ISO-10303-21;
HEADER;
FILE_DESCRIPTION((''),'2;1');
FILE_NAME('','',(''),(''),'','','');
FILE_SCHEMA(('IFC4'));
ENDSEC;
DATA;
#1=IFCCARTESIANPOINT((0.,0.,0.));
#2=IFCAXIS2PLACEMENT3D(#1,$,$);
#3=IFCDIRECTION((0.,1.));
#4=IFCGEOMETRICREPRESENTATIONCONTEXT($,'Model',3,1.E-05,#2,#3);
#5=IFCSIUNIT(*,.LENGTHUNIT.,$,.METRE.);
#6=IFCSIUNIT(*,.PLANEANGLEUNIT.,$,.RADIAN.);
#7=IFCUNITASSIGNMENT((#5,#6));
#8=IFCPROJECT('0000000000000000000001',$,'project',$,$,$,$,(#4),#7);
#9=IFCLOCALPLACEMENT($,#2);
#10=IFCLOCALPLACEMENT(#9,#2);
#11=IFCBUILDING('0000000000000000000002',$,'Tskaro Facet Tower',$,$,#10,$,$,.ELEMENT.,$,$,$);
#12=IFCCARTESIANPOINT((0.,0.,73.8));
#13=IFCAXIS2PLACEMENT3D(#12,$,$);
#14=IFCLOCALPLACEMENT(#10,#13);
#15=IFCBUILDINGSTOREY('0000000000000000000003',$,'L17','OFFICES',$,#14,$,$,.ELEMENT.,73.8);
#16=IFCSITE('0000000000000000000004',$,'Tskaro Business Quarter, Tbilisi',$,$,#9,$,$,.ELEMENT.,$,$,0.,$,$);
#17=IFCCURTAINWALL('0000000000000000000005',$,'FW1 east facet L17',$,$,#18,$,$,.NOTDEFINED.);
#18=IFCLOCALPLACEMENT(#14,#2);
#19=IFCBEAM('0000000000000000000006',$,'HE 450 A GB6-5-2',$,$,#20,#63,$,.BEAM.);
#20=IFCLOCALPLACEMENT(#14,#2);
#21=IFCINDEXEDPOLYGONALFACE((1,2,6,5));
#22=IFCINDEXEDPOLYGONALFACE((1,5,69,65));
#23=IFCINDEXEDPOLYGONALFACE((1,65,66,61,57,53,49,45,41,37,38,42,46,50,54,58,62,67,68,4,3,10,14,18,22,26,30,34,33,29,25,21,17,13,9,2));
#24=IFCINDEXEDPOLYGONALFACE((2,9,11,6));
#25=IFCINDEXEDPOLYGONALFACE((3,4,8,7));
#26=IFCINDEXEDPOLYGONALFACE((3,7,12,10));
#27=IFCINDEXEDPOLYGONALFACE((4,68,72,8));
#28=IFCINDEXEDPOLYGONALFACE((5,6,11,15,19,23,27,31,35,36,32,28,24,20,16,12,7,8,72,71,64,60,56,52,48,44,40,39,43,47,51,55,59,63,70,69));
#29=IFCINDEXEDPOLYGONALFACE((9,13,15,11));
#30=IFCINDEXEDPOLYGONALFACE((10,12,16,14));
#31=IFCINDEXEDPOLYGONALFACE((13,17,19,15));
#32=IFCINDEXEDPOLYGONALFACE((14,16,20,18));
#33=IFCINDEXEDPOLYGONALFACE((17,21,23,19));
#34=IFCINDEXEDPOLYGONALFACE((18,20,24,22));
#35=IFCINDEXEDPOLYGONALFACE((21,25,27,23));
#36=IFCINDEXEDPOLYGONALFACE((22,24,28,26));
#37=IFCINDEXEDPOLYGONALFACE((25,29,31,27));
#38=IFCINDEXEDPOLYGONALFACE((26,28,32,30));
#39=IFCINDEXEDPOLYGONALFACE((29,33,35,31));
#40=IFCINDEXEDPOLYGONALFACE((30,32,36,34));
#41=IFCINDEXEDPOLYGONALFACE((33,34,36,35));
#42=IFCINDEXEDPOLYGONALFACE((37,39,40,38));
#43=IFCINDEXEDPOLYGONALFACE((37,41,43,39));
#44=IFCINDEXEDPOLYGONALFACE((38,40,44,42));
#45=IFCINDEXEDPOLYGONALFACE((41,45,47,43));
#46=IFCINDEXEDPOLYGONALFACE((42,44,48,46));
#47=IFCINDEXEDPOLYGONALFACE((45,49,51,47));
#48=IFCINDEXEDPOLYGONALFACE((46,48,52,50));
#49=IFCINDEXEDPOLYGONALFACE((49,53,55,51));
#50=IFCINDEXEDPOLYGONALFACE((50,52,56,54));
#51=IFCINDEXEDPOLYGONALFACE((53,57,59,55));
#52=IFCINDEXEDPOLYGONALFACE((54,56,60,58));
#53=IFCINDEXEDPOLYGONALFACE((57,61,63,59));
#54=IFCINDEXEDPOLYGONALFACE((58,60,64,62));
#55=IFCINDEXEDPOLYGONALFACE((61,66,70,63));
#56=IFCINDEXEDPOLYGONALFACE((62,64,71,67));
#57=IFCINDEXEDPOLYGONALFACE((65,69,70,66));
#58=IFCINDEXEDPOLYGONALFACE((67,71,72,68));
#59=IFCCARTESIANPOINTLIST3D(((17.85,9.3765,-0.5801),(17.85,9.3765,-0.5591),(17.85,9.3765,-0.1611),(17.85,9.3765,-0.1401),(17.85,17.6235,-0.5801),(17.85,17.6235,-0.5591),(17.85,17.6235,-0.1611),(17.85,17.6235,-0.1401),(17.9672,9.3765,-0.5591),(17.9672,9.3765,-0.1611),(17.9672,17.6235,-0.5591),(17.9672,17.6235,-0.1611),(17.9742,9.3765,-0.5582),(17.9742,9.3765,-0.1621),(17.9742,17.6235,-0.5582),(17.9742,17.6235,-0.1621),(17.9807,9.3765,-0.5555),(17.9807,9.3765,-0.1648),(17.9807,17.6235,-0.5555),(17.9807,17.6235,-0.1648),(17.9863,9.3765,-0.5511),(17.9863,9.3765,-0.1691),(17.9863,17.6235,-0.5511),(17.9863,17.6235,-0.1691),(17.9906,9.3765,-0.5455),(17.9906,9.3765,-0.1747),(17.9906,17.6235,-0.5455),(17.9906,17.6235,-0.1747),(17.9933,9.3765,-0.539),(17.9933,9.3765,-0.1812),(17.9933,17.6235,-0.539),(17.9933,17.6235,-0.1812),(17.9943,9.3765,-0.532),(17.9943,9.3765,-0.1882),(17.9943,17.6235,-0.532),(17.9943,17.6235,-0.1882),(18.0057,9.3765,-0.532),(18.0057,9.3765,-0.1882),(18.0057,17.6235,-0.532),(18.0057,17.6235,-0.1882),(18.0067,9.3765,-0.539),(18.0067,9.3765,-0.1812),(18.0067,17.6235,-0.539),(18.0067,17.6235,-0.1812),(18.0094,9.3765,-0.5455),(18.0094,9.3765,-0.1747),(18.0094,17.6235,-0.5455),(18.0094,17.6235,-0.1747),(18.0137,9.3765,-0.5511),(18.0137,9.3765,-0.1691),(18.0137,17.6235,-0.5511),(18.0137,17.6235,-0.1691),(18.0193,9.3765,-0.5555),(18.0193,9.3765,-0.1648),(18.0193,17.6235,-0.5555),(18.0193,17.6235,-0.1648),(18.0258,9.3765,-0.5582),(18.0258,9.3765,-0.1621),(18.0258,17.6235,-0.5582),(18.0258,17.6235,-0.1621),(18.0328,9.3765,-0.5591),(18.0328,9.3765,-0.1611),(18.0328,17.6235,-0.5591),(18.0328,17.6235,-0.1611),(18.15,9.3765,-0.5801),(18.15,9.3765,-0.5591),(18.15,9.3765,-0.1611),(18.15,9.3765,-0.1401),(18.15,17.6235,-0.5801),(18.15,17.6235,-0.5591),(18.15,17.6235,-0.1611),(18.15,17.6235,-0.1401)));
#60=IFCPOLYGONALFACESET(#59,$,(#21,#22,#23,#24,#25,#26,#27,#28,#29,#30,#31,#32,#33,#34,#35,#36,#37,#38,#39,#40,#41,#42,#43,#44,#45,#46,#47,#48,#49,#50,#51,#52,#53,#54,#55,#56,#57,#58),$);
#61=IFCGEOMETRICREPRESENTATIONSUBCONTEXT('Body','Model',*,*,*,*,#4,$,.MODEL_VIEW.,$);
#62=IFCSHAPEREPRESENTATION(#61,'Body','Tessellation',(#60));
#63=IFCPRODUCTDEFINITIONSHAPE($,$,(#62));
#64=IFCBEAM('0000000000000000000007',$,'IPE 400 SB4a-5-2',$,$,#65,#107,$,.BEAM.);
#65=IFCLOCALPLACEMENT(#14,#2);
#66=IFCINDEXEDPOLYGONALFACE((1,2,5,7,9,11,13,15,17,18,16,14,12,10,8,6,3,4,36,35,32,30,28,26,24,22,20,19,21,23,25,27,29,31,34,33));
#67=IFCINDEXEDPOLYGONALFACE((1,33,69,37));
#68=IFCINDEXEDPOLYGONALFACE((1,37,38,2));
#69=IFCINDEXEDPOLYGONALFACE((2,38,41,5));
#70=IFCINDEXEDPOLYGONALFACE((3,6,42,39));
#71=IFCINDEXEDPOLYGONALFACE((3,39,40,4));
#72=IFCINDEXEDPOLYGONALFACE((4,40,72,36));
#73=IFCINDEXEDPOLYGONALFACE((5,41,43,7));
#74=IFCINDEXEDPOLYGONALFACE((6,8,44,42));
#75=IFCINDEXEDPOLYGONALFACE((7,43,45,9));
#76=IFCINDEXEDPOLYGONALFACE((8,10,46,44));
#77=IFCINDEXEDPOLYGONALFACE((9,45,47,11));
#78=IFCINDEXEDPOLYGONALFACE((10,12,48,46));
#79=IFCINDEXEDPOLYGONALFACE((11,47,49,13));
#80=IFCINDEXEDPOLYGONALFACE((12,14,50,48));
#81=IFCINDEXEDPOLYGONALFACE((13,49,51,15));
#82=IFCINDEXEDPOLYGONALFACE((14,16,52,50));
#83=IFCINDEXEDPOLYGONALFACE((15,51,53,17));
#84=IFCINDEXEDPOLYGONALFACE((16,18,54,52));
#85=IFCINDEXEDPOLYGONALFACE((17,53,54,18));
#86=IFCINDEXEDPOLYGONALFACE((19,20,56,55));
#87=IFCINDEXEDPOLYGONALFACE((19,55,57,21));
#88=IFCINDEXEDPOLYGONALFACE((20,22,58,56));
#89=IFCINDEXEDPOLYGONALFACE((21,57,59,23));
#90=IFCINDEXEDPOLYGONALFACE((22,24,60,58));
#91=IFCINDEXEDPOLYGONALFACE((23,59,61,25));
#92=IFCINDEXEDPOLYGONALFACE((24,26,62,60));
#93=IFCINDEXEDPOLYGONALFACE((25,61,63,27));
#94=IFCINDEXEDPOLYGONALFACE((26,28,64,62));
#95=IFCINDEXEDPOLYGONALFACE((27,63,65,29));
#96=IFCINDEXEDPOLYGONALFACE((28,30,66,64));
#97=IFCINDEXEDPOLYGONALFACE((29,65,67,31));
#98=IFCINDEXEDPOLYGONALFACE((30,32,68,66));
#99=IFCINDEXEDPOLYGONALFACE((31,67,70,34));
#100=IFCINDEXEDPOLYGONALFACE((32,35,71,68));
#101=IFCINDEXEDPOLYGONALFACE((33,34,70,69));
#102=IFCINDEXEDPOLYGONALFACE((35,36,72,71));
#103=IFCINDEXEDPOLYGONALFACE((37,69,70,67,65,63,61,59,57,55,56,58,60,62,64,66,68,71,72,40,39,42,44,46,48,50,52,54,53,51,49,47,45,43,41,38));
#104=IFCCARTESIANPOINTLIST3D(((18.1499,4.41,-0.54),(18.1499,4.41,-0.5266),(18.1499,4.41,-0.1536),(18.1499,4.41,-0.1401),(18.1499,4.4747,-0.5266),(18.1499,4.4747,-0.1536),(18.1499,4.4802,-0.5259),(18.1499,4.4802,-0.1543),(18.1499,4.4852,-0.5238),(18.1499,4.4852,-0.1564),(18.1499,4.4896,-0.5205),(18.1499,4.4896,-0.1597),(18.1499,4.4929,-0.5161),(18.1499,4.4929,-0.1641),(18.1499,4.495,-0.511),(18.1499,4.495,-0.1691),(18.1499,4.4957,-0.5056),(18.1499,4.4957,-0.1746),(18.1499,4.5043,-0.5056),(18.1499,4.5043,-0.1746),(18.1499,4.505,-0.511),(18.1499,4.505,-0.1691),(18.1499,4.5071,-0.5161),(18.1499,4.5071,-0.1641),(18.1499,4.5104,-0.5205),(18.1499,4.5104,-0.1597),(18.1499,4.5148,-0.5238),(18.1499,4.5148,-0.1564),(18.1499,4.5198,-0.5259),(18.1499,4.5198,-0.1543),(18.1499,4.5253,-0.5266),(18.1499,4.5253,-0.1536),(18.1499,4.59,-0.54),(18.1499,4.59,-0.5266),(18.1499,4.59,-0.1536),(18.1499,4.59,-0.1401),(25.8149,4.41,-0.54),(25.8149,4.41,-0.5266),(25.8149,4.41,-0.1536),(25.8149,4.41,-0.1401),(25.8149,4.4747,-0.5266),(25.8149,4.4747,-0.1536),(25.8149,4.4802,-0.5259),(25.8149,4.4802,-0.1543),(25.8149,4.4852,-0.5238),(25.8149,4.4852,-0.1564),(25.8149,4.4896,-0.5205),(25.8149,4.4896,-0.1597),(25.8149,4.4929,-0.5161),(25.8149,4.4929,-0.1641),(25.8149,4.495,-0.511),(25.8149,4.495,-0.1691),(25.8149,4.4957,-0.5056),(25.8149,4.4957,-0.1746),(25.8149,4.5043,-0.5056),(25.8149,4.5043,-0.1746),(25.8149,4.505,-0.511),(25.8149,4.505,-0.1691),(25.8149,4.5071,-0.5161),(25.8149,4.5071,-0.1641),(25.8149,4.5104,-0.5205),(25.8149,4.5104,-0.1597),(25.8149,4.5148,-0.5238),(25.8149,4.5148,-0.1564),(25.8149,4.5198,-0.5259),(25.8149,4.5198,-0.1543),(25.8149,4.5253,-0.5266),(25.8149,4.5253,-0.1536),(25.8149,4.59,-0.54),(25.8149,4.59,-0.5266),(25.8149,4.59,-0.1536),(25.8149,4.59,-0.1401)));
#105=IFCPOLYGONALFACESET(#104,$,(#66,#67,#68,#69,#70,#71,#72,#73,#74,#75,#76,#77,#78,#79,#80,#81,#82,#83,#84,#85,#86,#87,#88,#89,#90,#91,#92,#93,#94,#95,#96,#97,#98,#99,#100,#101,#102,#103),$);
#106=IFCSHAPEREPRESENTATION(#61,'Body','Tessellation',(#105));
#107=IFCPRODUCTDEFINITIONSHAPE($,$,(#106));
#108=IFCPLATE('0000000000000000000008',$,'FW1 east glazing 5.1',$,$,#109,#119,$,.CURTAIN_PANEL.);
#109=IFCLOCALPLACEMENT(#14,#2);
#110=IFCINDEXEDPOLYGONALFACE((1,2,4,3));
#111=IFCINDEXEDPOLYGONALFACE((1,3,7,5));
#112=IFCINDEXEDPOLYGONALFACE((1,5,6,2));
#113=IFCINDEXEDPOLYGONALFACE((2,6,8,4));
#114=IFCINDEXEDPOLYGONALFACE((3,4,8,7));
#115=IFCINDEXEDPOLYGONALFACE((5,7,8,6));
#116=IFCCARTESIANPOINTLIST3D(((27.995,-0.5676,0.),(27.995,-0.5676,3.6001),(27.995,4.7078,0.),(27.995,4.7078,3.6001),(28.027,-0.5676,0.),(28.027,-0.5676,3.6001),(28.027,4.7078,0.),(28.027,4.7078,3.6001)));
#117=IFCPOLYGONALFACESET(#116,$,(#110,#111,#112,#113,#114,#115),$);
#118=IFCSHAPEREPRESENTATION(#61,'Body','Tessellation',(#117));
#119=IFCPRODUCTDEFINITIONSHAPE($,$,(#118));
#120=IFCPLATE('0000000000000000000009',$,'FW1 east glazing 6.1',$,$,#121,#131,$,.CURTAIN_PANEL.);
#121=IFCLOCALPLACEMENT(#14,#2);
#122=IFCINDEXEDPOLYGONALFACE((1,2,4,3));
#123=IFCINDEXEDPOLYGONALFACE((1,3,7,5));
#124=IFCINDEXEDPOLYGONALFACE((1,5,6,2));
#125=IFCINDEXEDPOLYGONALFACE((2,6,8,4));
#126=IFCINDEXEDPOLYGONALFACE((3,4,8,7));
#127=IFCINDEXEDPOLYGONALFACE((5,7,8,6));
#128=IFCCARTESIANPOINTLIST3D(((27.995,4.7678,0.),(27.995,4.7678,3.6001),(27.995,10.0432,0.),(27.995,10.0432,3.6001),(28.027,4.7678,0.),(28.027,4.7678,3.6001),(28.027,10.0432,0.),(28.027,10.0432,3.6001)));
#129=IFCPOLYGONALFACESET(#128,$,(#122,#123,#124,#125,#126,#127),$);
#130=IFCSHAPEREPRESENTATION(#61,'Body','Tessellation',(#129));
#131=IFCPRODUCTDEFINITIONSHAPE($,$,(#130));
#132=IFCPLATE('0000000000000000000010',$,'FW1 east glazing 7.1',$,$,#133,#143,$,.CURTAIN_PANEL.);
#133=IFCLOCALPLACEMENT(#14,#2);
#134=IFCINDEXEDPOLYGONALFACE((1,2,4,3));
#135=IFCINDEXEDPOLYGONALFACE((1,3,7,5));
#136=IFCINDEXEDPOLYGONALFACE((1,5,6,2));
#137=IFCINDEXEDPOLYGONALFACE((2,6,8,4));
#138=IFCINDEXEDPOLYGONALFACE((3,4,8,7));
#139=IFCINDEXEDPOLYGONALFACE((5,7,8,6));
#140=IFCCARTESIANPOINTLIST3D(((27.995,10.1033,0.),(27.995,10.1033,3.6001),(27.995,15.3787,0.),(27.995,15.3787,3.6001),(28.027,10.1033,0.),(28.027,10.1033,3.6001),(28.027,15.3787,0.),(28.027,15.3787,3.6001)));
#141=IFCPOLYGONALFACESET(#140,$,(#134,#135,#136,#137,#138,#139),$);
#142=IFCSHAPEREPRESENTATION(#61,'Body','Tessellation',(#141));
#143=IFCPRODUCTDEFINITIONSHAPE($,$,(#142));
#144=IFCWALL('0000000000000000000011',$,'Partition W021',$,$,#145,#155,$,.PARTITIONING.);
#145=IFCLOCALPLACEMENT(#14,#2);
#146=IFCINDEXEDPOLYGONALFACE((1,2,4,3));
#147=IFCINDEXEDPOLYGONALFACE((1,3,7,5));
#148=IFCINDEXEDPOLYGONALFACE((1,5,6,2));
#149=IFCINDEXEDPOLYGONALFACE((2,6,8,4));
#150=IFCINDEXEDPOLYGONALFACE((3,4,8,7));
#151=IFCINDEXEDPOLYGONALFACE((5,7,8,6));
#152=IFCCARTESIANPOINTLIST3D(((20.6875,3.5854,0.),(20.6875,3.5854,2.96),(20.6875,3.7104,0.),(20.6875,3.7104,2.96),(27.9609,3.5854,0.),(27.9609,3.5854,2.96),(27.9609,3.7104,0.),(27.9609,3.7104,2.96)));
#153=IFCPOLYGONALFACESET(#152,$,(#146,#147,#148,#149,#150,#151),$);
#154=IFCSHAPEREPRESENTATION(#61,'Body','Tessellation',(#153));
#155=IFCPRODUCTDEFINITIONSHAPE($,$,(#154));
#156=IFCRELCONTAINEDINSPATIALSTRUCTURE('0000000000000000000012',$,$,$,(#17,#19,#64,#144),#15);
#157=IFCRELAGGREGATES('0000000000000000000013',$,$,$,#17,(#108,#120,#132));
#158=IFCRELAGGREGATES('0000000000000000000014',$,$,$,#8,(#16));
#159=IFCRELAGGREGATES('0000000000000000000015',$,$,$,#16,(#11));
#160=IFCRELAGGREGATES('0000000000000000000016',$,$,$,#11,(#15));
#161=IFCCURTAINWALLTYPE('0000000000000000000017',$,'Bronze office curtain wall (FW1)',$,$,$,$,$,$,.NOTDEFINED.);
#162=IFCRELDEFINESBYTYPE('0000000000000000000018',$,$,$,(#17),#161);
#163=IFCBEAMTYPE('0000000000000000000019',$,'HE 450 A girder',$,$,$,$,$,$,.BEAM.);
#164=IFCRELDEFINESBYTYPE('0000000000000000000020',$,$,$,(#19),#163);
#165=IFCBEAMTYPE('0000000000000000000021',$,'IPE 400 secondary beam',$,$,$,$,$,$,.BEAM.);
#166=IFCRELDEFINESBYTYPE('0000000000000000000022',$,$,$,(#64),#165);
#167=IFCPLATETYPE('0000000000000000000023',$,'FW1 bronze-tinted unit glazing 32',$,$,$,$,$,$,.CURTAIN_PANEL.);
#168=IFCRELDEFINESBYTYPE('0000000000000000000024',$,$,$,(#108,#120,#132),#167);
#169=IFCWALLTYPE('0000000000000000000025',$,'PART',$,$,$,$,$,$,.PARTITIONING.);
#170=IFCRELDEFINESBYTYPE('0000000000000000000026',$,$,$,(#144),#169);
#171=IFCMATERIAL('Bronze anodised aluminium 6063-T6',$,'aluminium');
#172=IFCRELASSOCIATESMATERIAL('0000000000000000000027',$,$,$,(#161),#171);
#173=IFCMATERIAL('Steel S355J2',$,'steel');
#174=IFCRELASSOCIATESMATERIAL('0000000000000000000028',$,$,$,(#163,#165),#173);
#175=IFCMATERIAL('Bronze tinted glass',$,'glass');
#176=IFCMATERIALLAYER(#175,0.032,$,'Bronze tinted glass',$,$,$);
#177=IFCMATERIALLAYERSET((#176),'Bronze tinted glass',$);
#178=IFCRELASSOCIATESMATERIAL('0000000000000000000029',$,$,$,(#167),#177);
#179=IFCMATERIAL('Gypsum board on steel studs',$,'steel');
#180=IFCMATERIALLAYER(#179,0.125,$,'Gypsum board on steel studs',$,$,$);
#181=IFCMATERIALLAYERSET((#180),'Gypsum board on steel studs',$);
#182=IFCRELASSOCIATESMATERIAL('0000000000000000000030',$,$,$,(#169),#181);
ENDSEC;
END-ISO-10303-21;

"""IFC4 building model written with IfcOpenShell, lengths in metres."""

from ifc_helpers import new_model, si_unit, direction, frame, frame_2d, origin, origin_2d, place, context, subcontext, project, spatial, rectangle, i_section, extrude, material, layer, layer_set, material_profile, profile_set, type_object, element, aggregate, save


model = new_model("IFC4")

# Units and contexts
model_context = context("Model", 3, precision=1e-05, world=origin(), true_north=direction((0.0, 1.0)))
body_context = subcontext(model_context, "Body", "Model", "MODEL_VIEW")
ifc_project = project(units=[si_unit("LENGTHUNIT", "METRE"), si_unit("PLANEANGLEUNIT", "RADIAN")], contexts=[model_context])

# Site, building, storey
site_placement = place(None, origin())
site = spatial("IfcSite", under=ifc_project, at=site_placement, Name="Tskaro Business Quarter, Tbilisi", CompositionType="ELEMENT", RefElevation=0.0)
building_placement = place(site_placement, origin())
building = spatial("IfcBuilding", under=site, at=building_placement, Name="Tskaro Facet Tower", CompositionType="ELEMENT")
storey_placement = place(building_placement, frame((0.0, 0.0, 73.8)))
storey = spatial("IfcBuildingStorey", under=building, at=storey_placement, Name="L17", Description="OFFICES", CompositionType="ELEMENT", Elevation=73.8)

# Curtain wall
ifc_material_1 = material(Name="Bronze anodised aluminium 6063-T6", Category="aluminium")
curtain_wall_type = type_object("IfcCurtainWallType", Name="Bronze office curtain wall (FW1)", PredefinedType="NOTDEFINED", material=ifc_material_1)
curtain_wall_placement = place(storey_placement, origin())
curtain_wall = element("IfcCurtainWall", 1, at=curtain_wall_placement, inside=storey, type_object=curtain_wall_type, Name="FW1 east facet L17", PredefinedType="NOTDEFINED")

# Beams
ifc_material_2 = material(Name="Steel S355J2", Category="steel")
ifc_material_profile_1 = material_profile(ifc_material_2, i_section(OverallWidth=0.3, OverallDepth=0.4399, WebThickness=0.0115, FlangeThickness=0.021, FilletRadius=0.0271, at=origin_2d()), Name="HE 450 A")
ifc_profile_set_1 = profile_set([ifc_material_profile_1], Name="Steel S355J2")
beam_type_1 = type_object("IfcBeamType", Name="HE 450 A girder", PredefinedType="BEAM", material=ifc_profile_set_1)
for number, where, z_axis, x_axis, name in (
    (2, (18.0, 9.3765, -0.3601), (0.0, 1.0, 0.0), (-1.0, 0.0, 0.0), "HE 450 A GB6-5-2"),
):
    element("IfcBeam", number, at=place(storey_placement, frame(where, z_axis=z_axis, x_axis=x_axis)), inside=storey, type_object=beam_type_1, Name=name, PredefinedType="BEAM", context=body_context, shape_type="SweptSolid", body=[
        extrude(i_section(OverallWidth=0.3, OverallDepth=0.4399, WebThickness=0.0115, FlangeThickness=0.021, FilletRadius=0.0271, at=origin_2d()), origin(), (0.0, 0.0, 1.0), 8.2471),
    ])
ifc_material_profile_2 = material_profile(ifc_material_2, i_section(OverallWidth=0.1799, OverallDepth=0.3999, WebThickness=0.0085, FlangeThickness=0.0134, FilletRadius=0.021, at=origin_2d()), Name="IPE 400")
ifc_profile_set_2 = profile_set([ifc_material_profile_2], Name="Steel S355J2")
beam_type_2 = type_object("IfcBeamType", Name="IPE 400 secondary beam", PredefinedType="BEAM", material=ifc_profile_set_2)
beam_placement = place(storey_placement, frame((18.1499, 4.5, -0.3401), z_axis=(1.0, 0.0, 0.0), x_axis=(0.0, 1.0, 0.0)))
element("IfcBeam", 3, at=beam_placement, inside=storey, type_object=beam_type_2, Name="IPE 400 SB4a-5-2", PredefinedType="BEAM", context=body_context, shape_type="SweptSolid", body=[
    extrude(i_section(OverallWidth=0.1799, OverallDepth=0.3999, WebThickness=0.0085, FlangeThickness=0.0134, FilletRadius=0.021, at=origin_2d()), origin(), (0.0, 0.0, 1.0), 7.665),
])

# Plates
ifc_material_3 = material(Name="Bronze tinted glass", Category="glass")
ifc_layer_1 = layer(ifc_material_3, 0.032, Name="Bronze tinted glass")
ifc_layer_set_1 = layer_set([ifc_layer_1], Name="Bronze tinted glass")
plate_type = type_object("IfcPlateType", Name="FW1 bronze-tinted unit glazing 32", PredefinedType="CURTAIN_PANEL", material=ifc_layer_set_1)
plate_1_placement = place(storey_placement, frame((28.011, 2.0701, 0.0), z_axis=(0.0, 0.0, 1.0), x_axis=(0.0, 1.0, 0.0)))
plate_1 = element("IfcPlate", 4, at=plate_1_placement, type_object=plate_type, Name="FW1 east glazing 5.1", PredefinedType="CURTAIN_PANEL", context=body_context, shape_type="SweptSolid", body=[
    extrude(rectangle(XDim=5.2754, YDim=0.032, at=origin_2d()), origin(), (0.0, 0.0, 1.0), 3.6001),
])
plate_2_placement = place(storey_placement, frame((28.011, 7.4055, 0.0), z_axis=(0.0, 0.0, 1.0), x_axis=(0.0, 1.0, 0.0)))
plate_2 = element("IfcPlate", 5, at=plate_2_placement, type_object=plate_type, Name="FW1 east glazing 6.1", PredefinedType="CURTAIN_PANEL", context=body_context, shape_type="SweptSolid", body=[
    extrude(rectangle(XDim=5.2754, YDim=0.032, at=origin_2d()), origin(), (0.0, 0.0, 1.0), 3.6001),
])
plate_3_placement = place(storey_placement, frame((28.011, 12.741, 0.0), z_axis=(0.0, 0.0, 1.0), x_axis=(0.0, 1.0, 0.0)))
plate_3 = element("IfcPlate", 6, at=plate_3_placement, type_object=plate_type, Name="FW1 east glazing 7.1", PredefinedType="CURTAIN_PANEL", context=body_context, shape_type="SweptSolid", body=[
    extrude(rectangle(XDim=5.2754, YDim=0.032, at=origin_2d()), origin(), (0.0, 0.0, 1.0), 3.6001),
])
aggregate(curtain_wall, [plate_1, plate_2, plate_3])

# Wall
ifc_material_4 = material(Name="Gypsum board on steel studs", Category="steel")
ifc_layer_2 = layer(ifc_material_4, 0.125, Name="Gypsum board on steel studs")
ifc_layer_set_2 = layer_set([ifc_layer_2], Name="Gypsum board on steel studs")
wall_type_1 = type_object("IfcWallType", Name="PART", PredefinedType="PARTITIONING", material=ifc_layer_set_2)
wall_1_placement = place(storey_placement, frame((20.6875, 3.6479, 0.0), z_axis=(0.0, 0.0, 1.0), x_axis=(1.0, 0.0, 0.0)))
element("IfcWall", 7, at=wall_1_placement, inside=storey, type_object=wall_type_1, Name="Partition W021", PredefinedType="PARTITIONING", context=body_context, shape_type="SweptSolid", body=[
    extrude(rectangle(XDim=7.2734, YDim=0.125, at=frame_2d((3.6367, 0.0))), origin(), (0.0, 0.0, 1.0), 2.96),
])

save(model, "model.ifc")
